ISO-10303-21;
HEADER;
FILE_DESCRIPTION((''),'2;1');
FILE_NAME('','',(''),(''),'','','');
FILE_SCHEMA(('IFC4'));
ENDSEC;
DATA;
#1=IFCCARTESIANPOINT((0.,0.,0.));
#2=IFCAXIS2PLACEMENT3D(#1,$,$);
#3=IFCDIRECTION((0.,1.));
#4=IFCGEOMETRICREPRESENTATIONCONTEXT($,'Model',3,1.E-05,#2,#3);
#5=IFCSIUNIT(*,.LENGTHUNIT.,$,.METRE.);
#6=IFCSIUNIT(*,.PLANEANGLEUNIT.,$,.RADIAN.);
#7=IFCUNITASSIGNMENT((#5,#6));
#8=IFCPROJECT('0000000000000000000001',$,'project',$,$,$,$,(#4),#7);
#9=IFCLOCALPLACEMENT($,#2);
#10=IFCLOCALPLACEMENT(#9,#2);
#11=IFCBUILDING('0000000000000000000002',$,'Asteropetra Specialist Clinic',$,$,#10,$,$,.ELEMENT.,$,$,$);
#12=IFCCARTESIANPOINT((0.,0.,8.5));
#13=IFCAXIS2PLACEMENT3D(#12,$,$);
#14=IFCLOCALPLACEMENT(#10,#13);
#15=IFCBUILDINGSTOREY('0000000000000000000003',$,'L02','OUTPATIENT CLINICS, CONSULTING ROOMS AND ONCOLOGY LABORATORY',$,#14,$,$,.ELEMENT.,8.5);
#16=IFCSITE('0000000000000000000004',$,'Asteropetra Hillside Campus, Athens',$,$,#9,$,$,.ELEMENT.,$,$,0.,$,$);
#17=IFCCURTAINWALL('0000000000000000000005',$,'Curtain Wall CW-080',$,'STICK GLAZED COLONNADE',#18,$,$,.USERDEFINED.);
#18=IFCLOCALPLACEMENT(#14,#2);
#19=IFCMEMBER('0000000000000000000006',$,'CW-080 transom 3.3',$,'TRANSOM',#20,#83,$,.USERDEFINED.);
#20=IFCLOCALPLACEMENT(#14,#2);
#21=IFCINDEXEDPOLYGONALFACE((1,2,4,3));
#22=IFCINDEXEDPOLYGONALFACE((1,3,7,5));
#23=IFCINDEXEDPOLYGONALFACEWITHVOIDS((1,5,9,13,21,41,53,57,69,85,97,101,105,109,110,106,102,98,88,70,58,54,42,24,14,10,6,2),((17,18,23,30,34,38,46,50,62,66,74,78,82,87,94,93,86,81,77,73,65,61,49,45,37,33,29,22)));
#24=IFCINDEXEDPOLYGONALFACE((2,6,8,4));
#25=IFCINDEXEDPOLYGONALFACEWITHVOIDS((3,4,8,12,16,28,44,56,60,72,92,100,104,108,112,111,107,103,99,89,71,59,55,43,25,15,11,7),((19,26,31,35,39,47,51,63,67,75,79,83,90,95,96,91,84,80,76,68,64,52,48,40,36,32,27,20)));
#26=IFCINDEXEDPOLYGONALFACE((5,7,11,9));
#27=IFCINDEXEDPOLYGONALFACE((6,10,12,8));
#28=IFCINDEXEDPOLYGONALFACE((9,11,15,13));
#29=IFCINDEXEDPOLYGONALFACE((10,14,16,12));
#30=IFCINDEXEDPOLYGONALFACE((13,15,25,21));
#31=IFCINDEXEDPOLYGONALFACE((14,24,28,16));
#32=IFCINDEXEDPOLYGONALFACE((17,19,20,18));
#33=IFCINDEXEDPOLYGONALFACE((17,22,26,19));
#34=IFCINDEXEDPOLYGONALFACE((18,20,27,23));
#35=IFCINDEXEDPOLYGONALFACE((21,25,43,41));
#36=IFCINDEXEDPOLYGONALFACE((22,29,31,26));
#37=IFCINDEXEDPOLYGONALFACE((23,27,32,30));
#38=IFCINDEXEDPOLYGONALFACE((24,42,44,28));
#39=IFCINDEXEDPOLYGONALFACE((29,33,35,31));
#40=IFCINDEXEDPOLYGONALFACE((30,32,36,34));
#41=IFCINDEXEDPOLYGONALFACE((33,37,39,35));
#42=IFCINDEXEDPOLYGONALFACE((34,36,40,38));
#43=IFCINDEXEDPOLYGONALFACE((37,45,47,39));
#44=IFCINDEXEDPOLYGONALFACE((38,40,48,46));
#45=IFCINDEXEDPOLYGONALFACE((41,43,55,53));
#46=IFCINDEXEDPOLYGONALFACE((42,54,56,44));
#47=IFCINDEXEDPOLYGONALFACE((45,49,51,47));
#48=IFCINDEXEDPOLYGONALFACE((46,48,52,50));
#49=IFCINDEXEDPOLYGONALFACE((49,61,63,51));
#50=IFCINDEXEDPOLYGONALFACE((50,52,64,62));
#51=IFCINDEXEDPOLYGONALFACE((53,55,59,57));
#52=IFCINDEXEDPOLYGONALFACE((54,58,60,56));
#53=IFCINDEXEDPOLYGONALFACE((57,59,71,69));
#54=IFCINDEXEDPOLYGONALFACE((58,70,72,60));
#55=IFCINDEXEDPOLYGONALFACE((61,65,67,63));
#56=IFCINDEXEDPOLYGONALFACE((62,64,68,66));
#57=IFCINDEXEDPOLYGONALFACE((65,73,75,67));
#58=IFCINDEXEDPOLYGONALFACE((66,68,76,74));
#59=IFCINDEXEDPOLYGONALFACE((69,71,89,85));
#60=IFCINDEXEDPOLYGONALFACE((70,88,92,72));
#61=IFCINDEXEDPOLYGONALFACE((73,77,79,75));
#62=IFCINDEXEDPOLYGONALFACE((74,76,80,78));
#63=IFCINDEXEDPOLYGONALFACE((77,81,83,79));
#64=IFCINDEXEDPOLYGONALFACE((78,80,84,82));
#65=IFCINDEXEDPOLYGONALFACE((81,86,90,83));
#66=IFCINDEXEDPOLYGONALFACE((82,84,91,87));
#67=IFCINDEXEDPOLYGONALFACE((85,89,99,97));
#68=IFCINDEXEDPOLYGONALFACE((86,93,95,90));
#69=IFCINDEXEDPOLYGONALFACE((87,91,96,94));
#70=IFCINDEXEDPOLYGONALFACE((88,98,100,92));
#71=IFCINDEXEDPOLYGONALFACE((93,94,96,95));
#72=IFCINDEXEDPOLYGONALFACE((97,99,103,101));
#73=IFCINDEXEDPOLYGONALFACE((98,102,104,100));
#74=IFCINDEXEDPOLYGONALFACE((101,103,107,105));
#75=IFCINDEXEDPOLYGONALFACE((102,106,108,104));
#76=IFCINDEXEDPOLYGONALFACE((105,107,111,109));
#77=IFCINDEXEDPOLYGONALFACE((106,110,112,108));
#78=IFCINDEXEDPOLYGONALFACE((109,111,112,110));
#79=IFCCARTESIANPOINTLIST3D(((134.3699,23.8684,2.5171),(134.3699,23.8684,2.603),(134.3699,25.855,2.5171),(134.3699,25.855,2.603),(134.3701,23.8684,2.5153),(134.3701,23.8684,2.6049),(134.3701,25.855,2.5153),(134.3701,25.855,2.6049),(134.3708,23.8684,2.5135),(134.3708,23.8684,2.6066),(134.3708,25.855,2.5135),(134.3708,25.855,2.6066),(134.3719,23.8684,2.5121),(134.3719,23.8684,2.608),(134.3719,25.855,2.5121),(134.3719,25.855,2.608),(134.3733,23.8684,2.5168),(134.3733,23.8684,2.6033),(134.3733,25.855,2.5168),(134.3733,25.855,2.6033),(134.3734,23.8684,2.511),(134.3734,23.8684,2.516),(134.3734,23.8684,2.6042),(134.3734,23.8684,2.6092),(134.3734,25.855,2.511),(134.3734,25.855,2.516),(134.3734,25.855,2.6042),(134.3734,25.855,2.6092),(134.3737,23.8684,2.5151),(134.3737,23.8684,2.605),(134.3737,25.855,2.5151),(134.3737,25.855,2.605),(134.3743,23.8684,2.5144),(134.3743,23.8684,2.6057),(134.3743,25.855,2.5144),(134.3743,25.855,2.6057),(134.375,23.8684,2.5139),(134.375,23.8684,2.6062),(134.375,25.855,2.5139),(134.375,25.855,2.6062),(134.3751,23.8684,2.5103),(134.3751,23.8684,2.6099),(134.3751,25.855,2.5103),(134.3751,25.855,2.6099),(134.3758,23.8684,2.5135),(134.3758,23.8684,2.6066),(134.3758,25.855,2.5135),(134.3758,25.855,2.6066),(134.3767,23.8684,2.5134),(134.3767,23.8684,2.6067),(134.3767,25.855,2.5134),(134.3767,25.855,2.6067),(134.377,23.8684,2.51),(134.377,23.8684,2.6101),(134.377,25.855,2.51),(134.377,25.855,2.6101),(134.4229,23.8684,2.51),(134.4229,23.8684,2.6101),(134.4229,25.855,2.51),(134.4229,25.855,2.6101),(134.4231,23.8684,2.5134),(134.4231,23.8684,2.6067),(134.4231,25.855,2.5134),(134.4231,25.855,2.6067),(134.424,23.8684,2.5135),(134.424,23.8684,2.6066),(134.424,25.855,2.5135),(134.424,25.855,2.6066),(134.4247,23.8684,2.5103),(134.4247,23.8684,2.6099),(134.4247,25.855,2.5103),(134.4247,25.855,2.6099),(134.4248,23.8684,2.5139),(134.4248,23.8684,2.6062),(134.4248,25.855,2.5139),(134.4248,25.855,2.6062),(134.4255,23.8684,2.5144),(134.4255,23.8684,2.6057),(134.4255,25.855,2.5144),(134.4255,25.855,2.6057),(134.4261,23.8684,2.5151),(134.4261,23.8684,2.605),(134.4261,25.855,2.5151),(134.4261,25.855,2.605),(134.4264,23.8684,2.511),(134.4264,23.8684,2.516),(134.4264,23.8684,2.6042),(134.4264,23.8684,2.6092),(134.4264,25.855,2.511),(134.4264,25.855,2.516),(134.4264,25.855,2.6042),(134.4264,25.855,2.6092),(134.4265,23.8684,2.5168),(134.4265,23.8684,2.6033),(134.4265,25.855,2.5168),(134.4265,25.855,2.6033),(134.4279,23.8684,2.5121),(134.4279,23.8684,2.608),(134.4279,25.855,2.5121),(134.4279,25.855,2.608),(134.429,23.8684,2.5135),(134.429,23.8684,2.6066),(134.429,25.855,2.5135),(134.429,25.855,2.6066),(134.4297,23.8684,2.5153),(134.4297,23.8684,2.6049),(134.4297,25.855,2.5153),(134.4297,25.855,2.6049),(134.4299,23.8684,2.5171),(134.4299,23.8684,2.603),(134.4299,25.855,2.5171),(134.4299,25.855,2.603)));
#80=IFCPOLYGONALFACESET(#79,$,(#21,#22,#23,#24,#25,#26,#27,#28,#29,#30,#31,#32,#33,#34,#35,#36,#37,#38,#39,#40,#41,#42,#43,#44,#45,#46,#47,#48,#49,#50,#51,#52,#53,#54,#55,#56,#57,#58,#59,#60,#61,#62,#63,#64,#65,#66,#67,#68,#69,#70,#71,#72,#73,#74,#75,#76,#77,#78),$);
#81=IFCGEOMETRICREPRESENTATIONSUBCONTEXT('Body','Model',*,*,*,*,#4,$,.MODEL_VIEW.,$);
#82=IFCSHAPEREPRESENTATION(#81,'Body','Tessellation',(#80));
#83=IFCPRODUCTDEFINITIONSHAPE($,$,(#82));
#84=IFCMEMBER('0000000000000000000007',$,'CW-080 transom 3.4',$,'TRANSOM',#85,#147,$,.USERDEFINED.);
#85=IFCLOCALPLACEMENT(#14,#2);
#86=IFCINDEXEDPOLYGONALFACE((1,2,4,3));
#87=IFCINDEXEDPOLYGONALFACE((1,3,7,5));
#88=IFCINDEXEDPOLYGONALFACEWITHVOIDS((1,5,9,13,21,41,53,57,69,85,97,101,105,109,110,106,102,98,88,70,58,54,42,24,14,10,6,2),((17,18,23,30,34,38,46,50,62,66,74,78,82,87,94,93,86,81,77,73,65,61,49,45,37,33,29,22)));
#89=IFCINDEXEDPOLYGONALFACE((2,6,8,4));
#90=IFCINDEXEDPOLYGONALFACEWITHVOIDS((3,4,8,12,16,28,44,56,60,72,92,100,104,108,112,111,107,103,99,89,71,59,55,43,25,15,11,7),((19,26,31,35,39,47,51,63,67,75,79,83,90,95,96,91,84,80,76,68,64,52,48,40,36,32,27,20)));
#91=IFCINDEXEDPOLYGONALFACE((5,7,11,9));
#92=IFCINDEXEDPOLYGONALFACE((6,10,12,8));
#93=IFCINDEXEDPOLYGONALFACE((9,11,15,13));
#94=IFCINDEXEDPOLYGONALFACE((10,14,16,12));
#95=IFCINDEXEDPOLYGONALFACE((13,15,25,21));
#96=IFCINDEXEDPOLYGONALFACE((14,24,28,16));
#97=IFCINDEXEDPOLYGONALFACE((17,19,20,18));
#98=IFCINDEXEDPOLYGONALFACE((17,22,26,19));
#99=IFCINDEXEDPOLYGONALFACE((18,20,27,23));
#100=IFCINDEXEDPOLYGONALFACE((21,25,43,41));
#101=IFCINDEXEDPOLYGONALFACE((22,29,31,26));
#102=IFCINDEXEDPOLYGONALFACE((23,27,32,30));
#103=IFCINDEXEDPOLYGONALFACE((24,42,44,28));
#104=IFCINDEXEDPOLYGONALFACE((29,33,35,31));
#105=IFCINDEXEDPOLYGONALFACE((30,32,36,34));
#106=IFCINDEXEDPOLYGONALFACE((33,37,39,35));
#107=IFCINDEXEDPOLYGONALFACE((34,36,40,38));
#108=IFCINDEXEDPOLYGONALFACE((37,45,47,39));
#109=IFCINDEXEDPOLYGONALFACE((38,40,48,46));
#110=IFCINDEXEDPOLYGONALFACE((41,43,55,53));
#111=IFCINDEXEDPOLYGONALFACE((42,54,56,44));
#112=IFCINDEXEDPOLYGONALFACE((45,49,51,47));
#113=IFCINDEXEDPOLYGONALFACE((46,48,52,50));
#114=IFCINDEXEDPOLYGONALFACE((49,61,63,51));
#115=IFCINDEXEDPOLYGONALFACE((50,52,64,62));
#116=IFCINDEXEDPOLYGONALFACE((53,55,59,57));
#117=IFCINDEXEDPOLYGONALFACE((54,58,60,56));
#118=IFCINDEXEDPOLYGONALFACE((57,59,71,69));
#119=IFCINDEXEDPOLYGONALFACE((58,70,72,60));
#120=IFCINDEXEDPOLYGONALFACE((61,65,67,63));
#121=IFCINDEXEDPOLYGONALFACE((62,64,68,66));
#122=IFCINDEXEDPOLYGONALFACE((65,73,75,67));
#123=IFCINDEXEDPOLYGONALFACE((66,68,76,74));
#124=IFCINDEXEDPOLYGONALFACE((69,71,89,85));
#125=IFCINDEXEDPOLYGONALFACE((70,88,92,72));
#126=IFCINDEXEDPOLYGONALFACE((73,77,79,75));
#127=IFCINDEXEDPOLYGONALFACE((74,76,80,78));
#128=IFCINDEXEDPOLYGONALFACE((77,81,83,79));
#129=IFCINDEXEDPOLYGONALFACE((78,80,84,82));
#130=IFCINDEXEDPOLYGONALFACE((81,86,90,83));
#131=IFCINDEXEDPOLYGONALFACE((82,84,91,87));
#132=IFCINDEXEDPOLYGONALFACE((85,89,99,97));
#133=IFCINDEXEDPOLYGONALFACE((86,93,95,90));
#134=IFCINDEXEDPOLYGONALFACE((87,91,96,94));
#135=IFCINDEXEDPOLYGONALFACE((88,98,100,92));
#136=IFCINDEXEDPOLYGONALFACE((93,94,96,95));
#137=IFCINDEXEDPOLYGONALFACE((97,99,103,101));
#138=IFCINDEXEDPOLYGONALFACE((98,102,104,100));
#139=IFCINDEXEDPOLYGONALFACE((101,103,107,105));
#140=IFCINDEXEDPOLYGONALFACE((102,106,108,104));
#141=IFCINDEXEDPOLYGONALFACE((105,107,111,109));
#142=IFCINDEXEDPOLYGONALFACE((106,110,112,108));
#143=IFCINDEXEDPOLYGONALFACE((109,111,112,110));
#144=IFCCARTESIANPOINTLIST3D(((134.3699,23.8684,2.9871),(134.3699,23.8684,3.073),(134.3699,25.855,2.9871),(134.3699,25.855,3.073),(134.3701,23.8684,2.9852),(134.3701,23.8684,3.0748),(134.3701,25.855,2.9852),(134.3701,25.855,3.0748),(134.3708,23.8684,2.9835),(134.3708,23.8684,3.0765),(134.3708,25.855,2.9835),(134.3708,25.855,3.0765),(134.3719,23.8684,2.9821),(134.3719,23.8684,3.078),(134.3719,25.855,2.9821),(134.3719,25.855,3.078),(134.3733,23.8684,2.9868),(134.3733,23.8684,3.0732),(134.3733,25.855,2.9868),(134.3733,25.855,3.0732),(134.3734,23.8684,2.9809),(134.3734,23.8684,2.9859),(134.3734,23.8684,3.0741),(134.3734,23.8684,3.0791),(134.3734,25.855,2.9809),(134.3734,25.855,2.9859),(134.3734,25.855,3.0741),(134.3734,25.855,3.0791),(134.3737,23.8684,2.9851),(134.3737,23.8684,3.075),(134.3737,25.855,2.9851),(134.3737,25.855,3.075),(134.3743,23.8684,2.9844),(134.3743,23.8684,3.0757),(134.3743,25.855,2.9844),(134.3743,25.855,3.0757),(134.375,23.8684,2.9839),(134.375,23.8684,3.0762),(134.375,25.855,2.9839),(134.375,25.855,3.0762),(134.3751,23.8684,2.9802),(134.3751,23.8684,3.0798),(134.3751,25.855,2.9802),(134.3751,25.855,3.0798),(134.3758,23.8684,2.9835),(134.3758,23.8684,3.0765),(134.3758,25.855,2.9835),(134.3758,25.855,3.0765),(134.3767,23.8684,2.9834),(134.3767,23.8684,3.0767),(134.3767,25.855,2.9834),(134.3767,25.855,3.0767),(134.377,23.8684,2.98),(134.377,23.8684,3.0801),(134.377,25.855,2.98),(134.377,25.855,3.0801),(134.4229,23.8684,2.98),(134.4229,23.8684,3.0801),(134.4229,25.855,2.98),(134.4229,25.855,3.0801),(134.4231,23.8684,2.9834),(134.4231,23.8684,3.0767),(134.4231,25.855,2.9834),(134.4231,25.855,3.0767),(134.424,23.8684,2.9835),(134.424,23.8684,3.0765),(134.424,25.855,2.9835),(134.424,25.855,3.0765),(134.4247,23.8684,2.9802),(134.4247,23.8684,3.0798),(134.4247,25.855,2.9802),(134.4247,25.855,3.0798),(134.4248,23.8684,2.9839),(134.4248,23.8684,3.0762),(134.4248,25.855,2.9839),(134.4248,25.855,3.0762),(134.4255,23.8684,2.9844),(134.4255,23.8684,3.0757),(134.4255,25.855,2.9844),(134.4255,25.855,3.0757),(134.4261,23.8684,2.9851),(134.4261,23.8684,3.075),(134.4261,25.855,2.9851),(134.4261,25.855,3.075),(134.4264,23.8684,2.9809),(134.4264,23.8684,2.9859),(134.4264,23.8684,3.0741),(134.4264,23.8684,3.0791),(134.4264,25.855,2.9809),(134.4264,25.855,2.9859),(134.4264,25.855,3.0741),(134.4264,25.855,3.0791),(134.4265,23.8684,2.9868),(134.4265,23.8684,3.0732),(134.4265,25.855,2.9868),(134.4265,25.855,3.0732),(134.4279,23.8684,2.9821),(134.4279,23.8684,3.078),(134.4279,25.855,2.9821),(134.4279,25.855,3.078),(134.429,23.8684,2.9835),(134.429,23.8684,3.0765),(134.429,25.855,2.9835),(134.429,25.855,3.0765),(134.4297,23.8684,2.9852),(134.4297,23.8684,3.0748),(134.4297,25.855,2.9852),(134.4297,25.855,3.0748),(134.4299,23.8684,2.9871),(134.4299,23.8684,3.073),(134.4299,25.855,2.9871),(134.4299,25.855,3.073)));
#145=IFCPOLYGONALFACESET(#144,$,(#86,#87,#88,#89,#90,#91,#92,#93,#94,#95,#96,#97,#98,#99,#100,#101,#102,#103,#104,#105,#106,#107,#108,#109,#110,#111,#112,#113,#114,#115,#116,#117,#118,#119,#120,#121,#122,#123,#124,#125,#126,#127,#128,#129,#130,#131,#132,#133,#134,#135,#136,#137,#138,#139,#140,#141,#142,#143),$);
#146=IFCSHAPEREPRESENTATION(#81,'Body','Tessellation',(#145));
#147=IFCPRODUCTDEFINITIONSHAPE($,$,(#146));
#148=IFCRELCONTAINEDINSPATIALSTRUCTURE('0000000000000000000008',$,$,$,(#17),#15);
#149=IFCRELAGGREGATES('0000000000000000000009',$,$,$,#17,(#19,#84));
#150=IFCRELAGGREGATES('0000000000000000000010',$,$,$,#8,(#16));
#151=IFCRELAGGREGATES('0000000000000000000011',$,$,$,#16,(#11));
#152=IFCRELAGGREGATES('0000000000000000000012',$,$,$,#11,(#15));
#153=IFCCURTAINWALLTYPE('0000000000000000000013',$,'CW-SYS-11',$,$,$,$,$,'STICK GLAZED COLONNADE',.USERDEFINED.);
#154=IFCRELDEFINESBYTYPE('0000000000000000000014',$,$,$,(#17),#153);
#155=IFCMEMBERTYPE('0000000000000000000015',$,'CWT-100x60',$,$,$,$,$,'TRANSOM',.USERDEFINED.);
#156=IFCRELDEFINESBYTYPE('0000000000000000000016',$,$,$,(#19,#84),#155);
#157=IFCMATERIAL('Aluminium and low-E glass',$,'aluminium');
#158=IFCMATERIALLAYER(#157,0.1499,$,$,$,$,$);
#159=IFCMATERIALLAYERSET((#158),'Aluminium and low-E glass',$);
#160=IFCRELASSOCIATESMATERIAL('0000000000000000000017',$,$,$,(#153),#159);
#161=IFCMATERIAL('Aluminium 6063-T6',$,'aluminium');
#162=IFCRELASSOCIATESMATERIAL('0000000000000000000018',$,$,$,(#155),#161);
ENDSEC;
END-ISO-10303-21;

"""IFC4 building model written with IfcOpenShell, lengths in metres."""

from ifc_helpers import new_model, si_unit, direction, frame, origin, origin_2d, place, context, subcontext, project, spatial, hollow_rectangle, extrude, material, layer, layer_set, material_profile, profile_set, type_object, element, aggregate, save


model = new_model("IFC4")

# Units and contexts
model_context = context("Model", 3, precision=1e-05, world=origin(), true_north=direction((0.0, 1.0)))
body_context = subcontext(model_context, "Body", "Model", "MODEL_VIEW")
ifc_project = project(units=[si_unit("LENGTHUNIT", "METRE"), si_unit("PLANEANGLEUNIT", "RADIAN")], contexts=[model_context])

# Site, building, storey
site_placement = place(None, origin())
site = spatial("IfcSite", under=ifc_project, at=site_placement, Name="Asteropetra Hillside Campus, Athens", CompositionType="ELEMENT", RefElevation=0.0)
building_placement = place(site_placement, origin())
building = spatial("IfcBuilding", under=site, at=building_placement, Name="Asteropetra Specialist Clinic", CompositionType="ELEMENT")
storey_placement = place(building_placement, frame((0.0, 0.0, 8.5)))
storey = spatial("IfcBuildingStorey", under=building, at=storey_placement, Name="L02", Description="OUTPATIENT CLINICS, CONSULTING ROOMS AND ONCOLOGY LABORATORY", CompositionType="ELEMENT", Elevation=8.5)

# Curtain wall
ifc_material_1 = material(Name="Aluminium and low-E glass", Category="aluminium")
ifc_layer_1 = layer(ifc_material_1, 0.1499)
ifc_layer_set_1 = layer_set([ifc_layer_1], Name="Aluminium and low-E glass")
curtain_wall_type = type_object("IfcCurtainWallType", Name="CW-SYS-11", ElementType="STICK GLAZED COLONNADE", PredefinedType="USERDEFINED", material=ifc_layer_set_1)
curtain_wall_1_placement = place(storey_placement, origin())
curtain_wall_1 = element("IfcCurtainWall", 1, at=curtain_wall_1_placement, inside=storey, type_object=curtain_wall_type, Name="Curtain Wall CW-080", ObjectType="STICK GLAZED COLONNADE", PredefinedType="USERDEFINED")

# Members
ifc_material_2 = material(Name="Aluminium 6063-T6", Category="aluminium")
ifc_material_profile_1 = material_profile(ifc_material_2, hollow_rectangle(XDim=0.0601, YDim=0.1001, WallThickness=0.0034, InnerFilletRadius=0.0034, OuterFilletRadius=0.0071, at=origin_2d()), Name="TRN 100x60x3.5")
ifc_profile_set_1 = profile_set([ifc_material_profile_1], Name="Aluminium 6063-T6")
member_type_1 = type_object("IfcMemberType", Name="CWT-100x60", ElementType="TRANSOM", PredefinedType="USERDEFINED", material=ifc_profile_set_1)
member_1_placement = place(storey_placement, frame((134.3999, 23.8684, 2.5601), z_axis=(0.0, 1.0, 0.0), x_axis=(-1.0, 0.0, 0.0)))
member_1 = element("IfcMember", 2, at=member_1_placement, type_object=member_type_1, Name="CW-080 transom 3.3", ObjectType="TRANSOM", PredefinedType="USERDEFINED", context=body_context, shape_type="SweptSolid", body=[
    extrude(hollow_rectangle(XDim=0.0601, YDim=0.1001, WallThickness=0.0034, InnerFilletRadius=0.0034, OuterFilletRadius=0.0071, at=origin_2d()), origin(), (0.0, 0.0, 1.0), 1.9866),
])
member_2_placement = place(storey_placement, frame((134.3999, 23.8684, 3.03), z_axis=(0.0, 1.0, 0.0), x_axis=(-1.0, 0.0, 0.0)))
member_2 = element("IfcMember", 3, at=member_2_placement, type_object=member_type_1, Name="CW-080 transom 3.4", ObjectType="TRANSOM", PredefinedType="USERDEFINED", context=body_context, shape_type="SweptSolid", body=[
    extrude(hollow_rectangle(XDim=0.0601, YDim=0.1001, WallThickness=0.0034, InnerFilletRadius=0.0034, OuterFilletRadius=0.0071, at=origin_2d()), origin(), (0.0, 0.0, 1.0), 1.9866),
])

aggregate(curtain_wall_1, [member_1, member_2])

save(model, "model.ifc")
